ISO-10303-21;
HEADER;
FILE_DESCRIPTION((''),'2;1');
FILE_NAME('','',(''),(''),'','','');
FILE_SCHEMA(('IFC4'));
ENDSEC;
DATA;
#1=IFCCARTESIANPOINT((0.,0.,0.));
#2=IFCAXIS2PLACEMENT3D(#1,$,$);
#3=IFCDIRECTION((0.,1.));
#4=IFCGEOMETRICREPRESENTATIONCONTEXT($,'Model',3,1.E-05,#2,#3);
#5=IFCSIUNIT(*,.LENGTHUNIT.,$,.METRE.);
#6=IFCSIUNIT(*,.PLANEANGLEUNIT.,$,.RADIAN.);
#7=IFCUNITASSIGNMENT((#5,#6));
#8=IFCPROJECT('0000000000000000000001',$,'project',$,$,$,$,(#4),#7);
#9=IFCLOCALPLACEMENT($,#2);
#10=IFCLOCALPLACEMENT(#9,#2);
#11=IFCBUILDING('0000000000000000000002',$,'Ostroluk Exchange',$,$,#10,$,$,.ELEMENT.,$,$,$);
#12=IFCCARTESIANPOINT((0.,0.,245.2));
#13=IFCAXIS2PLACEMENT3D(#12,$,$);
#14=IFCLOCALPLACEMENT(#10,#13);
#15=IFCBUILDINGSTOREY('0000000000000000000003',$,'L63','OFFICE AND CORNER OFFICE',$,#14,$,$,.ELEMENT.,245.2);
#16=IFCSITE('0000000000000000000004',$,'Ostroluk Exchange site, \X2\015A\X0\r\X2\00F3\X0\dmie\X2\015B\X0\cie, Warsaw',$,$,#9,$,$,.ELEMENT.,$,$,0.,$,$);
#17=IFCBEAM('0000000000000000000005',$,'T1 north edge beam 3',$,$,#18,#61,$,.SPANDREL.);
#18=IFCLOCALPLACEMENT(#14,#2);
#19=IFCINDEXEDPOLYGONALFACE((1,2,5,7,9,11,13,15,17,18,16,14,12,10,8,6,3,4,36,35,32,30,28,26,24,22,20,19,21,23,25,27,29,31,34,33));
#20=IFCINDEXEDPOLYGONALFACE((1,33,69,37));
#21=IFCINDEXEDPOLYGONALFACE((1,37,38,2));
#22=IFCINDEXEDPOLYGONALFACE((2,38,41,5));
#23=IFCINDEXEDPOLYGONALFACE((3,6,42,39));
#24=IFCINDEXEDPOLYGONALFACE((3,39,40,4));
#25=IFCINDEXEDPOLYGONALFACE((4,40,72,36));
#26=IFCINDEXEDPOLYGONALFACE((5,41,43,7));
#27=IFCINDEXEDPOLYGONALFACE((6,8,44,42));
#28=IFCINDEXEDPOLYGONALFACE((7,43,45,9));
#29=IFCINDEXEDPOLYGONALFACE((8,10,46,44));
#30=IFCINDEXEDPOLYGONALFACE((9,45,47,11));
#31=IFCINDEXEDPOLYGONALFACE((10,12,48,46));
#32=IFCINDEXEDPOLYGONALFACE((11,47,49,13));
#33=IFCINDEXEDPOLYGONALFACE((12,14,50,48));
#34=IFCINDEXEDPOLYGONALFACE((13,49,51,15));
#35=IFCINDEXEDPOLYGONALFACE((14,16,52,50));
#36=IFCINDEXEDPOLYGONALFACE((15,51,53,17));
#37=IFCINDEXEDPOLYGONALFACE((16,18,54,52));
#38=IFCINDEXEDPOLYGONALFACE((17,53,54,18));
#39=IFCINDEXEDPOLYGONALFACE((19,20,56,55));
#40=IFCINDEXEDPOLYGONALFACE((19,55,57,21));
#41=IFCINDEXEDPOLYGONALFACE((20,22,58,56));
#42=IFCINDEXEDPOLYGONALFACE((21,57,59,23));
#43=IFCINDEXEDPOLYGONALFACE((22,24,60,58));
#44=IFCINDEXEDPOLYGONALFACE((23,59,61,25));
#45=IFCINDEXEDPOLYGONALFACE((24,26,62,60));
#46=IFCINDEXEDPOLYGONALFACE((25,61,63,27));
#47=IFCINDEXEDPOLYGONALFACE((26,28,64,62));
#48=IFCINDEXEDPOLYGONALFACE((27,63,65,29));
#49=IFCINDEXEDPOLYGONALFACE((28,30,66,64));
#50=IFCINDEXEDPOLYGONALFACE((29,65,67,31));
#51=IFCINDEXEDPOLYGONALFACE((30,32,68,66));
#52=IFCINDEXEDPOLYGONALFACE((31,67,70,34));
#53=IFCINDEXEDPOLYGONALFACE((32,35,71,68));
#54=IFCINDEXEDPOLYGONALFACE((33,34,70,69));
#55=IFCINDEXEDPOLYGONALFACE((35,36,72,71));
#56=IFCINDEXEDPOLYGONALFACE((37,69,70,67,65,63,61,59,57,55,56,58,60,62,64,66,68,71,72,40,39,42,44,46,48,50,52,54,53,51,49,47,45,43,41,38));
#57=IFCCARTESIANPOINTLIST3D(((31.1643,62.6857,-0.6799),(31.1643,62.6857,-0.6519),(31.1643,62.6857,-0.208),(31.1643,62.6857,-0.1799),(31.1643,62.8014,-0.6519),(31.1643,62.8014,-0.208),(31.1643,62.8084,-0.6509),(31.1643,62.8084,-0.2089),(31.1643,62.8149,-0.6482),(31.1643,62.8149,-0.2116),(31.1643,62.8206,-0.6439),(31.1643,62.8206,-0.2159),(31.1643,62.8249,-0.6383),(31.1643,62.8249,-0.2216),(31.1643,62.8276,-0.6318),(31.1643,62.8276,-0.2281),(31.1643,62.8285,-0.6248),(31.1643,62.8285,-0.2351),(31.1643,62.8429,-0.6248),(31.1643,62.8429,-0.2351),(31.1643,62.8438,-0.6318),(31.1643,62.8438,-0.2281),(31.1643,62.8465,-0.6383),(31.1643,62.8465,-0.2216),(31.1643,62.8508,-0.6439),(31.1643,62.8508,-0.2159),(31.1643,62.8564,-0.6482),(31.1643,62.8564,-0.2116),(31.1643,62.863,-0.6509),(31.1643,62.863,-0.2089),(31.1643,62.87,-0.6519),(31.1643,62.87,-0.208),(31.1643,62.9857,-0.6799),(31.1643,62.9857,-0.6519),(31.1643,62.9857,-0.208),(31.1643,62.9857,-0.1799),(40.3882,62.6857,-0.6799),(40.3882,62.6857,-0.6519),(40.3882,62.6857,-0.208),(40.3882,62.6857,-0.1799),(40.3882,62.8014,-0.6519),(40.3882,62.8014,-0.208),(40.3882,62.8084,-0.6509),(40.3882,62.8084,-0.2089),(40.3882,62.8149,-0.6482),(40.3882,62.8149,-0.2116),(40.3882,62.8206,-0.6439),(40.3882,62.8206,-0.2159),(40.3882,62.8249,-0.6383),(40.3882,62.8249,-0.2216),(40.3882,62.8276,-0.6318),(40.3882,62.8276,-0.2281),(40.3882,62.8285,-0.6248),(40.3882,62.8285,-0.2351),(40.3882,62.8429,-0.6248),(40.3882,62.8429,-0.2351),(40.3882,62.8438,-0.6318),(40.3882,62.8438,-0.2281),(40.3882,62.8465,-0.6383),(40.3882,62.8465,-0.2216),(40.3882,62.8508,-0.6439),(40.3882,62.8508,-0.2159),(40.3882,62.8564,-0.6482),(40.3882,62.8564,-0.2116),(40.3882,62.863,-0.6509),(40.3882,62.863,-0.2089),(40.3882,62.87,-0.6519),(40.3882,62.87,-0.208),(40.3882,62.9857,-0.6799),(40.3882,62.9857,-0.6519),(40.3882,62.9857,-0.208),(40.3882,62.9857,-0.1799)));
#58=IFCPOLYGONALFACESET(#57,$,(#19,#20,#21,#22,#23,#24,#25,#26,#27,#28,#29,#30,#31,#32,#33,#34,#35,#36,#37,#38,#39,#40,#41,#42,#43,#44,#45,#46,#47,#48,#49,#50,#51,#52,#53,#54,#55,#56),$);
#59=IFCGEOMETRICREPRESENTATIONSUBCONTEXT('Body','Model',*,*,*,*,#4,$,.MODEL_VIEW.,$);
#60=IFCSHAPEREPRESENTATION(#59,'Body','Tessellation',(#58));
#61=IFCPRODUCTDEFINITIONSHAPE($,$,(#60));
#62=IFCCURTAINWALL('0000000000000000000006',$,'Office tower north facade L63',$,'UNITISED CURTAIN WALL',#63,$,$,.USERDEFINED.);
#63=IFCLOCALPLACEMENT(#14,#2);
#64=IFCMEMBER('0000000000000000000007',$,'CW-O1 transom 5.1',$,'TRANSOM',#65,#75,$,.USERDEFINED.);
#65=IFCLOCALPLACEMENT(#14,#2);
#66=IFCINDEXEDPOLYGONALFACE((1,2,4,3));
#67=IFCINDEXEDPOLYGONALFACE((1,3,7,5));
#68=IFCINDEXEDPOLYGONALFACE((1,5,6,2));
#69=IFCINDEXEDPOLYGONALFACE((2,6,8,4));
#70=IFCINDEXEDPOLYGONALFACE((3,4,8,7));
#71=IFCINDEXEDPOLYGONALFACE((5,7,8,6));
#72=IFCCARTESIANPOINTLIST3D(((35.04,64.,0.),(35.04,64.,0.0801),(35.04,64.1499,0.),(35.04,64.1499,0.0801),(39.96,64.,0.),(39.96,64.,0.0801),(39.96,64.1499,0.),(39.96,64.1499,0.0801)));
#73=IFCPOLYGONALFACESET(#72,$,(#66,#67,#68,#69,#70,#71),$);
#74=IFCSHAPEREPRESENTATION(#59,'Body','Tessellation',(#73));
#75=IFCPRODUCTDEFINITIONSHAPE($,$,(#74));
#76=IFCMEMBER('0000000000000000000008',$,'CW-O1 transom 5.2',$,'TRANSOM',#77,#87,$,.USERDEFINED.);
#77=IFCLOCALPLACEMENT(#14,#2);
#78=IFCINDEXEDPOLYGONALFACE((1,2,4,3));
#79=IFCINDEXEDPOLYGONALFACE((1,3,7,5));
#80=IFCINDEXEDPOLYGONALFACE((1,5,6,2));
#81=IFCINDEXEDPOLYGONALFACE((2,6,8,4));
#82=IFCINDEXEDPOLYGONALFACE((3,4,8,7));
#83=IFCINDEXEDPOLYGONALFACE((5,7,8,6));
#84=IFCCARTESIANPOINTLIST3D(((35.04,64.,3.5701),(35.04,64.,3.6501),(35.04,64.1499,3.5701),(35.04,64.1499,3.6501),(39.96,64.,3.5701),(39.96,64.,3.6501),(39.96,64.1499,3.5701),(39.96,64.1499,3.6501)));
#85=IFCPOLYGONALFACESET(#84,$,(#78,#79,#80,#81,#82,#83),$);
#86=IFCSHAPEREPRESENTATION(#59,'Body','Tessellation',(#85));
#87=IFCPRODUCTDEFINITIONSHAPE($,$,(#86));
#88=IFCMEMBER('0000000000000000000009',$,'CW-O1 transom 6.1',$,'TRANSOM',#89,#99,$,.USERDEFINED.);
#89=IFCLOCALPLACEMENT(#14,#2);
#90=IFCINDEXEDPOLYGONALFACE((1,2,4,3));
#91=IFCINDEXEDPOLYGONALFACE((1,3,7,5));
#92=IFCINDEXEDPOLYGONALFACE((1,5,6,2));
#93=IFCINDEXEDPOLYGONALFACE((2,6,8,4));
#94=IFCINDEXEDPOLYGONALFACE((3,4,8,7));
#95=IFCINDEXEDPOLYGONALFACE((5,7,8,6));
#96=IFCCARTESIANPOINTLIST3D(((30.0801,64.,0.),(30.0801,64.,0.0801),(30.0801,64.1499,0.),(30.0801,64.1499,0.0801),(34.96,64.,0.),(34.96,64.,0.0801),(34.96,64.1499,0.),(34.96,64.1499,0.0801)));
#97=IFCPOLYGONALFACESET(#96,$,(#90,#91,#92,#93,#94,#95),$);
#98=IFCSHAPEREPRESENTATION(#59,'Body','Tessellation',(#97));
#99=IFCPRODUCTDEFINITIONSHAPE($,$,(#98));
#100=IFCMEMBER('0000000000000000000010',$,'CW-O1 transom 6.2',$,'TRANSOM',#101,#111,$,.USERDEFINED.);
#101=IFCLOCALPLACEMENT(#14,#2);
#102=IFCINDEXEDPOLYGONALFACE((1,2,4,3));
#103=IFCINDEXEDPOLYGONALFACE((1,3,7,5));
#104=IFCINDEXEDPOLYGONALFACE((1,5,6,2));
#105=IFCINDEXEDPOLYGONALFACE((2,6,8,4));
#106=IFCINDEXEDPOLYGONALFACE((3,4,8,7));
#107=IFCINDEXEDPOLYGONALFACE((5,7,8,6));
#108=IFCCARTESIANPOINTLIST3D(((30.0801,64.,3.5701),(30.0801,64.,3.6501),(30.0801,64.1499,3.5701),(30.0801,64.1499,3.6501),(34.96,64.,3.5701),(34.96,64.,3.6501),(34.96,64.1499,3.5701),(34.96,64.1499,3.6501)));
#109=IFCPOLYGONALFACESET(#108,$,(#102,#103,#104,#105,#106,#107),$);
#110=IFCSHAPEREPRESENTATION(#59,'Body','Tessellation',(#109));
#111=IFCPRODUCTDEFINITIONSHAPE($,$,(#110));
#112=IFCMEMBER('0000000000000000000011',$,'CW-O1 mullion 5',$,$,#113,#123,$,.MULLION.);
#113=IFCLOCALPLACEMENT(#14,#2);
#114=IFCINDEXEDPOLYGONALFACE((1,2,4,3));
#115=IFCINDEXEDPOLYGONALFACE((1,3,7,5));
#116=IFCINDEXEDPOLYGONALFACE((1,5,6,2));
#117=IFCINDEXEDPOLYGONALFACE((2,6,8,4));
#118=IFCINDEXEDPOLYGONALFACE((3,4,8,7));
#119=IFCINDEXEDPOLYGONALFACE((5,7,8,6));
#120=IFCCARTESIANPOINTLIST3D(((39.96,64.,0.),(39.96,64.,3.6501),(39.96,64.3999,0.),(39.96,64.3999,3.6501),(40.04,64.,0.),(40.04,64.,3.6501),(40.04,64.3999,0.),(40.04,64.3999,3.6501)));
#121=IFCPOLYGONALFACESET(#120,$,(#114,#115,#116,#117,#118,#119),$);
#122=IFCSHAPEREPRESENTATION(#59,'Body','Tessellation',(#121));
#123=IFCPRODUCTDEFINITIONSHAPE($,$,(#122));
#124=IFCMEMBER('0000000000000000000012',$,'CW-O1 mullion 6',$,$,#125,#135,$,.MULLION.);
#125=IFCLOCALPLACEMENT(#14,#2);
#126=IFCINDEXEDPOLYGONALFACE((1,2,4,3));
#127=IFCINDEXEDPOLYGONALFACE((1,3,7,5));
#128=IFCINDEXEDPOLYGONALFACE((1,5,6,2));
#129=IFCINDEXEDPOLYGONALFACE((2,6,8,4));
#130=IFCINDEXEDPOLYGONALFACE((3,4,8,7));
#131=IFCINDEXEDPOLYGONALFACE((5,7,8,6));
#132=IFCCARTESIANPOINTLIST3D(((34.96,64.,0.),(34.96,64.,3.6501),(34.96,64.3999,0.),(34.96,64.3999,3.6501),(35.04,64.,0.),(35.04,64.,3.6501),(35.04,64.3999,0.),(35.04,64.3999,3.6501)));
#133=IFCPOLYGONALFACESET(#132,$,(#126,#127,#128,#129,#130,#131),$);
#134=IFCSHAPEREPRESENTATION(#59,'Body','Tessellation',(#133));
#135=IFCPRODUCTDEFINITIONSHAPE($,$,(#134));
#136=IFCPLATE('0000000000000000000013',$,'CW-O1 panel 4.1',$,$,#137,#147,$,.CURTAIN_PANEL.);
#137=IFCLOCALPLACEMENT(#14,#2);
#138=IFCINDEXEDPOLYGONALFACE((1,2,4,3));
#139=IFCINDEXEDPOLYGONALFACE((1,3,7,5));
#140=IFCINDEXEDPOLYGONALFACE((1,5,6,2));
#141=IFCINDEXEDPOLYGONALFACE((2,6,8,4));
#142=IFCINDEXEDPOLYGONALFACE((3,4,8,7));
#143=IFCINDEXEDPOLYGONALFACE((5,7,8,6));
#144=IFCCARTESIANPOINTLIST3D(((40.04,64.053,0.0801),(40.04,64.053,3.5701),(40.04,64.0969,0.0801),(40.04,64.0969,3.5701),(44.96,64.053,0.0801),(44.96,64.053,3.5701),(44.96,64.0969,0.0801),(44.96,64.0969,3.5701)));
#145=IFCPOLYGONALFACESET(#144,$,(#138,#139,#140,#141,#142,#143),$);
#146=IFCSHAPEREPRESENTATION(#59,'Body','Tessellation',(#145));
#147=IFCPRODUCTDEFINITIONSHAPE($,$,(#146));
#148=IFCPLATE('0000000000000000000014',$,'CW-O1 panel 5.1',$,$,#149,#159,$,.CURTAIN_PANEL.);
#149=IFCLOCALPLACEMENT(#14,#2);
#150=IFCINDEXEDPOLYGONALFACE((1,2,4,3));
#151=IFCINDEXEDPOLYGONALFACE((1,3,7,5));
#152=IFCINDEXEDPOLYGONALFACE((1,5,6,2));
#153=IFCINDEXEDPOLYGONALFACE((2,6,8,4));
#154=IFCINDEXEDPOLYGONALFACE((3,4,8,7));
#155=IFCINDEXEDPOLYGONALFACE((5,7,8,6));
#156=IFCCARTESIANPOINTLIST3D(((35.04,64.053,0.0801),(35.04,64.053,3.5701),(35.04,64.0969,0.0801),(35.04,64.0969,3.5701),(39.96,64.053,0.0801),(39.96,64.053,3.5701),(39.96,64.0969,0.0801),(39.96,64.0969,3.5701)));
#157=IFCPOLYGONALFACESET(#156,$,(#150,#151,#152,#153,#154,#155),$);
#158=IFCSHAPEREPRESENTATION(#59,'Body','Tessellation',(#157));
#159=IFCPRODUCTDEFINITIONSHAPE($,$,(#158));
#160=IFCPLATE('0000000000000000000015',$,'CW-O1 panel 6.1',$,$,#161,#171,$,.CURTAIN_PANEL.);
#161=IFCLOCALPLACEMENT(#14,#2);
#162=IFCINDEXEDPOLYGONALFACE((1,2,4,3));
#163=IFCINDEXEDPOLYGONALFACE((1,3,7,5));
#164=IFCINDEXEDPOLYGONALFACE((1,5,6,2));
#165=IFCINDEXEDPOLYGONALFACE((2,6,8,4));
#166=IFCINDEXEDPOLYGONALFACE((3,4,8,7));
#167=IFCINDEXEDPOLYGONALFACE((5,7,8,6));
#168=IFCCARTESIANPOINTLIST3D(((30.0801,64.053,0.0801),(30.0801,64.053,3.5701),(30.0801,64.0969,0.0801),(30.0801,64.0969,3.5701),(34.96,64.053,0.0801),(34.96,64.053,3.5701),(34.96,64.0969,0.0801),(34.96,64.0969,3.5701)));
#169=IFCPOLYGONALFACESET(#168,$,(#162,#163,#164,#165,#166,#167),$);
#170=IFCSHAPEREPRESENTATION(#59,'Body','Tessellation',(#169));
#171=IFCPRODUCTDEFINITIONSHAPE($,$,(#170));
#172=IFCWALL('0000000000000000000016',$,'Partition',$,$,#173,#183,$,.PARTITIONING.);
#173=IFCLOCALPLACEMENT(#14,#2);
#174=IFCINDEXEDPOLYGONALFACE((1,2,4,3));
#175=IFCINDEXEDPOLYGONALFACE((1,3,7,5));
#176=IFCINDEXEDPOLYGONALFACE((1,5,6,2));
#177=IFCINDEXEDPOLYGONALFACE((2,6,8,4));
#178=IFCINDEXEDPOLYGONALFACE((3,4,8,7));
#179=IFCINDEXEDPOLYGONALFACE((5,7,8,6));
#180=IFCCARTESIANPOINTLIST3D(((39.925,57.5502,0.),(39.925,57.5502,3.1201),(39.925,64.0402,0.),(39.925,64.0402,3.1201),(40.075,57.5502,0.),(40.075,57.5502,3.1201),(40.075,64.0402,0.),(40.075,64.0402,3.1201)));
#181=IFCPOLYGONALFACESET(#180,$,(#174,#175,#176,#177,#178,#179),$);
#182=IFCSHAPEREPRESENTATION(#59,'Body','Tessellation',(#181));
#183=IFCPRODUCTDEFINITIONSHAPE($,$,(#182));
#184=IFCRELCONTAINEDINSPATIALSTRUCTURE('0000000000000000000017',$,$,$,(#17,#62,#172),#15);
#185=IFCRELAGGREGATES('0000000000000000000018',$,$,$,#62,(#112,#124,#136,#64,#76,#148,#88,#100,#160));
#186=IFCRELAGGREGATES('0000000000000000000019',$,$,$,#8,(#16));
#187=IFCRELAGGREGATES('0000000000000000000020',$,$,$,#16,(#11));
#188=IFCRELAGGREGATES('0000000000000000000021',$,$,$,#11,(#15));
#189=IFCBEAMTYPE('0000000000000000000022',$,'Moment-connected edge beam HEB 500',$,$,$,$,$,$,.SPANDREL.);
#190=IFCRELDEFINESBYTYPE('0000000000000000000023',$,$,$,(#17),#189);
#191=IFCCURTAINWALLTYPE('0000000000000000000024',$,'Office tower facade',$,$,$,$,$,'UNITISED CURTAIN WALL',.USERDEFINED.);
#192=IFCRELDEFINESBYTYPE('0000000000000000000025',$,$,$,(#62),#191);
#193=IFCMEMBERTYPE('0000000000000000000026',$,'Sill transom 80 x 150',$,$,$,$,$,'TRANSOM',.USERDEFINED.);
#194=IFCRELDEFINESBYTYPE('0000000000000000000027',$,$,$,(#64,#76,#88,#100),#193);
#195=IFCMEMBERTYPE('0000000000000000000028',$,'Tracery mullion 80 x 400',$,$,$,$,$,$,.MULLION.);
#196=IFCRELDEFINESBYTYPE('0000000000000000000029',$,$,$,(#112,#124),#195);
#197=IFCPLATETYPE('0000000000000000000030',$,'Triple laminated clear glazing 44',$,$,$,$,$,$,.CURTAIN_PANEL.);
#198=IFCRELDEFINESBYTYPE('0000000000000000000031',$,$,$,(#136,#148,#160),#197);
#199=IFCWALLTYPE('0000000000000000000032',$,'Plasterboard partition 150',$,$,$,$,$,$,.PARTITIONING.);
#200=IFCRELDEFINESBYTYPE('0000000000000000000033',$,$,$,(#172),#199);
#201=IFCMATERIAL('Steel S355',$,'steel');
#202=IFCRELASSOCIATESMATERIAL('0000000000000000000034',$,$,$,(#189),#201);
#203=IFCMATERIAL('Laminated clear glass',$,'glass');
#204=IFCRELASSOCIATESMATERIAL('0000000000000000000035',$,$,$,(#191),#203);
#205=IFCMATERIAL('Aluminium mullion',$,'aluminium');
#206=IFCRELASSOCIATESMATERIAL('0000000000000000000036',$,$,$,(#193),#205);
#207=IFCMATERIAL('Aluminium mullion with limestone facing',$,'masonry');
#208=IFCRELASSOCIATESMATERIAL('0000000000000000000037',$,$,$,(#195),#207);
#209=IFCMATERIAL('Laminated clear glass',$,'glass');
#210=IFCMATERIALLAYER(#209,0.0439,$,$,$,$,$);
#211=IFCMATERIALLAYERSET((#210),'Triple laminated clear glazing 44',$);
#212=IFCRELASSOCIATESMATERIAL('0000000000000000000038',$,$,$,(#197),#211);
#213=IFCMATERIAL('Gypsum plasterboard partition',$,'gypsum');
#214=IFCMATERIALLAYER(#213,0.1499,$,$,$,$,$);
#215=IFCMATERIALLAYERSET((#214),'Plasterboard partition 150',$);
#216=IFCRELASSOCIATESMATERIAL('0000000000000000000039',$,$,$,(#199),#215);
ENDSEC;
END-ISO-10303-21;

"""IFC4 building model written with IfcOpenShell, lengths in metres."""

from ifc_helpers import new_model, si_unit, direction, frame, frame_2d, origin, origin_2d, place, context, subcontext, project, spatial, rectangle, i_section, extrude, material, layer, layer_set, material_profile, profile_set, type_object, element, aggregate, save


model = new_model("IFC4")

# Units and contexts
model_context = context("Model", 3, precision=1e-05, world=origin(), true_north=direction((0.0, 1.0)))
body_context = subcontext(model_context, "Body", "Model", "MODEL_VIEW")
ifc_project = project(units=[si_unit("LENGTHUNIT", "METRE"), si_unit("PLANEANGLEUNIT", "RADIAN")], contexts=[model_context])

# Site, building, storey
site_placement = place(None, origin())
site = spatial("IfcSite", under=ifc_project, at=site_placement, Name="Ostroluk Exchange site, Śródmieście, Warsaw", CompositionType="ELEMENT", RefElevation=0.0)
building_placement = place(site_placement, origin())
building = spatial("IfcBuilding", under=site, at=building_placement, Name="Ostroluk Exchange", CompositionType="ELEMENT")
storey_placement = place(building_placement, frame((0.0, 0.0, 245.2)))
storey = spatial("IfcBuildingStorey", under=building, at=storey_placement, Name="L63", Description="OFFICE AND CORNER OFFICE", CompositionType="ELEMENT", Elevation=245.2)

# Beam
ifc_material_1 = material(Name="Steel S355", Category="steel")
ifc_material_profile_1 = material_profile(ifc_material_1, i_section(OverallWidth=0.3, OverallDepth=0.5, WebThickness=0.0144, FlangeThickness=0.0281, FilletRadius=0.0271, at=origin_2d()), Name="HEB 500")
ifc_profile_set_1 = profile_set([ifc_material_profile_1], Name="Steel S355")
beam_type_1 = type_object("IfcBeamType", Name="Moment-connected edge beam HEB 500", PredefinedType="SPANDREL", material=ifc_profile_set_1)
beam_1_placement = place(storey_placement, frame((40.3882, 62.8357, -0.4299), z_axis=(-1.0, 0.0, 0.0), x_axis=(0.0, -1.0, 0.0)))
element("IfcBeam", 1, at=beam_1_placement, inside=storey, type_object=beam_type_1, Name="T1 north edge beam 3", PredefinedType="SPANDREL", context=body_context, shape_type="SweptSolid", body=[
    extrude(i_section(OverallWidth=0.3, OverallDepth=0.5, WebThickness=0.0144, FlangeThickness=0.0281, FilletRadius=0.0271, at=origin_2d()), origin(), (0.0, 0.0, 1.0), 9.2239),
])

# Curtain wall, members, plates
ifc_material_2 = material(Name="Laminated clear glass", Category="glass")
curtain_wall_type = type_object("IfcCurtainWallType", Name="Office tower facade", ElementType="UNITISED CURTAIN WALL", PredefinedType="USERDEFINED", material=ifc_material_2)
curtain_wall_placement = place(storey_placement, origin())
curtain_wall = element("IfcCurtainWall", 2, at=curtain_wall_placement, inside=storey, type_object=curtain_wall_type, Name="Office tower north facade L63", ObjectType="UNITISED CURTAIN WALL", PredefinedType="USERDEFINED")
ifc_material_3 = material(Name="Aluminium mullion", Category="aluminium")
ifc_material_profile_2 = material_profile(ifc_material_3, rectangle(XDim=0.1499, YDim=0.0801, at=origin_2d()), Name="Sill transom 80 x 150")
ifc_profile_set_2 = profile_set([ifc_material_profile_2], Name="Aluminium mullion")
member_type_1 = type_object("IfcMemberType", Name="Sill transom 80 x 150", ElementType="TRANSOM", PredefinedType="USERDEFINED", material=ifc_profile_set_2)
member_1_placement = place(storey_placement, frame((39.96, 64.075, 0.04), z_axis=(-1.0, 0.0, 0.0), x_axis=(0.0, -1.0, 0.0)))
member_1 = element("IfcMember", 3, at=member_1_placement, type_object=member_type_1, Name="CW-O1 transom 5.1", ObjectType="TRANSOM", PredefinedType="USERDEFINED", context=body_context, shape_type="SweptSolid", body=[
    extrude(rectangle(XDim=0.1499, YDim=0.0801, at=origin_2d()), origin(), (0.0, 0.0, 1.0), 4.9199),
])
member_2_placement = place(storey_placement, frame((39.96, 64.075, 3.6101), z_axis=(-1.0, 0.0, 0.0), x_axis=(0.0, -1.0, 0.0)))
member_2 = element("IfcMember", 4, at=member_2_placement, type_object=member_type_1, Name="CW-O1 transom 5.2", ObjectType="TRANSOM", PredefinedType="USERDEFINED", context=body_context, shape_type="SweptSolid", body=[
    extrude(rectangle(XDim=0.1499, YDim=0.0801, at=origin_2d()), origin(), (0.0, 0.0, 1.0), 4.9199),
])
member_3_placement = place(storey_placement, frame((34.96, 64.075, 0.04), z_axis=(-1.0, 0.0, 0.0), x_axis=(0.0, -1.0, 0.0)))
member_3 = element("IfcMember", 5, at=member_3_placement, type_object=member_type_1, Name="CW-O1 transom 6.1", ObjectType="TRANSOM", PredefinedType="USERDEFINED", context=body_context, shape_type="SweptSolid", body=[
    extrude(rectangle(XDim=0.1499, YDim=0.0801, at=origin_2d()), origin(), (0.0, 0.0, 1.0), 4.8799),
])
member_4_placement = place(storey_placement, frame((34.96, 64.075, 3.6101), z_axis=(-1.0, 0.0, 0.0), x_axis=(0.0, -1.0, 0.0)))
member_4 = element("IfcMember", 6, at=member_4_placement, type_object=member_type_1, Name="CW-O1 transom 6.2", ObjectType="TRANSOM", PredefinedType="USERDEFINED", context=body_context, shape_type="SweptSolid", body=[
    extrude(rectangle(XDim=0.1499, YDim=0.0801, at=origin_2d()), origin(), (0.0, 0.0, 1.0), 4.8799),
])
ifc_material_4 = material(Name="Aluminium mullion with limestone facing", Category="masonry")
ifc_material_profile_3 = material_profile(ifc_material_4, rectangle(XDim=0.3999, YDim=0.0801, at=origin_2d()), Name="Tracery mullion 80 x 400")
ifc_profile_set_3 = profile_set([ifc_material_profile_3], Name="Aluminium mullion with limestone facing")
member_type_2 = type_object("IfcMemberType", Name="Tracery mullion 80 x 400", PredefinedType="MULLION", material=ifc_profile_set_3)
member_5_placement = place(storey_placement, frame((40.0, 64.2, 0.0), z_axis=(0.0, 0.0, 1.0), x_axis=(0.0, -1.0, 0.0)))
member_5 = element("IfcMember", 7, at=member_5_placement, type_object=member_type_2, Name="CW-O1 mullion 5", PredefinedType="MULLION", context=body_context, shape_type="SweptSolid", body=[
    extrude(rectangle(XDim=0.3999, YDim=0.0801, at=origin_2d()), origin(), (0.0, 0.0, 1.0), 3.6501),
])
member_6_placement = place(storey_placement, frame((35.0, 64.2, 0.0), z_axis=(0.0, 0.0, 1.0), x_axis=(0.0, -1.0, 0.0)))
member_6 = element("IfcMember", 8, at=member_6_placement, type_object=member_type_2, Name="CW-O1 mullion 6", PredefinedType="MULLION", context=body_context, shape_type="SweptSolid", body=[
    extrude(rectangle(XDim=0.3999, YDim=0.0801, at=origin_2d()), origin(), (0.0, 0.0, 1.0), 3.6501),
])
ifc_material_5 = material(Name="Laminated clear glass", Category="glass")
ifc_layer_1 = layer(ifc_material_5, 0.0439)
ifc_layer_set_1 = layer_set([ifc_layer_1], Name="Triple laminated clear glazing 44")
plate_type = type_object("IfcPlateType", Name="Triple laminated clear glazing 44", PredefinedType="CURTAIN_PANEL", material=ifc_layer_set_1)
plate_1_placement = place(storey_placement, frame((42.5, 64.075, 0.0801), z_axis=(0.0, 0.0, 1.0), x_axis=(-1.0, 0.0, 0.0)))
plate_1 = element("IfcPlate", 9, at=plate_1_placement, type_object=plate_type, Name="CW-O1 panel 4.1", PredefinedType="CURTAIN_PANEL", context=body_context, shape_type="SweptSolid", body=[
    extrude(rectangle(XDim=4.9199, YDim=0.0439, at=origin_2d()), origin(), (0.0, 0.0, 1.0), 3.49),
])
plate_2_placement = place(storey_placement, frame((37.5, 64.075, 0.0801), z_axis=(0.0, 0.0, 1.0), x_axis=(-1.0, 0.0, 0.0)))
plate_2 = element("IfcPlate", 10, at=plate_2_placement, type_object=plate_type, Name="CW-O1 panel 5.1", PredefinedType="CURTAIN_PANEL", context=body_context, shape_type="SweptSolid", body=[
    extrude(rectangle(XDim=4.9199, YDim=0.0439, at=origin_2d()), origin(), (0.0, 0.0, 1.0), 3.49),
])
plate_3_placement = place(storey_placement, frame((32.52, 64.075, 0.0801), z_axis=(0.0, 0.0, 1.0), x_axis=(-1.0, 0.0, 0.0)))
plate_3 = element("IfcPlate", 11, at=plate_3_placement, type_object=plate_type, Name="CW-O1 panel 6.1", PredefinedType="CURTAIN_PANEL", context=body_context, shape_type="SweptSolid", body=[
    extrude(rectangle(XDim=4.8799, YDim=0.0439, at=origin_2d()), origin(), (0.0, 0.0, 1.0), 3.49),
])
aggregate(curtain_wall, [member_5, member_6, plate_1, member_1, member_2, plate_2, member_3, member_4, plate_3])

# Wall
ifc_material_6 = material(Name="Gypsum plasterboard partition", Category="gypsum")
ifc_layer_2 = layer(ifc_material_6, 0.1499)
ifc_layer_set_2 = layer_set([ifc_layer_2], Name="Plasterboard partition 150")
wall_type = type_object("IfcWallType", Name="Plasterboard partition 150", PredefinedType="PARTITIONING", material=ifc_layer_set_2)
for number, where, z_axis, x_axis, name in (
    (12, (40.0, 57.55, 0.0), (0.0, 0.0, 1.0), (0.0, 1.0, 0.0), "Partition"),
):
    element("IfcWall", number, at=place(storey_placement, frame(where, z_axis=z_axis, x_axis=x_axis)), inside=storey, type_object=wall_type, Name=name, PredefinedType="PARTITIONING", context=body_context, shape_type="SweptSolid", body=[
        extrude(rectangle(XDim=6.49, YDim=0.1499, at=frame_2d((3.2451, 0.0))), origin(), (0.0, 0.0, 1.0), 3.1201),
    ])

save(model, "model.ifc")
